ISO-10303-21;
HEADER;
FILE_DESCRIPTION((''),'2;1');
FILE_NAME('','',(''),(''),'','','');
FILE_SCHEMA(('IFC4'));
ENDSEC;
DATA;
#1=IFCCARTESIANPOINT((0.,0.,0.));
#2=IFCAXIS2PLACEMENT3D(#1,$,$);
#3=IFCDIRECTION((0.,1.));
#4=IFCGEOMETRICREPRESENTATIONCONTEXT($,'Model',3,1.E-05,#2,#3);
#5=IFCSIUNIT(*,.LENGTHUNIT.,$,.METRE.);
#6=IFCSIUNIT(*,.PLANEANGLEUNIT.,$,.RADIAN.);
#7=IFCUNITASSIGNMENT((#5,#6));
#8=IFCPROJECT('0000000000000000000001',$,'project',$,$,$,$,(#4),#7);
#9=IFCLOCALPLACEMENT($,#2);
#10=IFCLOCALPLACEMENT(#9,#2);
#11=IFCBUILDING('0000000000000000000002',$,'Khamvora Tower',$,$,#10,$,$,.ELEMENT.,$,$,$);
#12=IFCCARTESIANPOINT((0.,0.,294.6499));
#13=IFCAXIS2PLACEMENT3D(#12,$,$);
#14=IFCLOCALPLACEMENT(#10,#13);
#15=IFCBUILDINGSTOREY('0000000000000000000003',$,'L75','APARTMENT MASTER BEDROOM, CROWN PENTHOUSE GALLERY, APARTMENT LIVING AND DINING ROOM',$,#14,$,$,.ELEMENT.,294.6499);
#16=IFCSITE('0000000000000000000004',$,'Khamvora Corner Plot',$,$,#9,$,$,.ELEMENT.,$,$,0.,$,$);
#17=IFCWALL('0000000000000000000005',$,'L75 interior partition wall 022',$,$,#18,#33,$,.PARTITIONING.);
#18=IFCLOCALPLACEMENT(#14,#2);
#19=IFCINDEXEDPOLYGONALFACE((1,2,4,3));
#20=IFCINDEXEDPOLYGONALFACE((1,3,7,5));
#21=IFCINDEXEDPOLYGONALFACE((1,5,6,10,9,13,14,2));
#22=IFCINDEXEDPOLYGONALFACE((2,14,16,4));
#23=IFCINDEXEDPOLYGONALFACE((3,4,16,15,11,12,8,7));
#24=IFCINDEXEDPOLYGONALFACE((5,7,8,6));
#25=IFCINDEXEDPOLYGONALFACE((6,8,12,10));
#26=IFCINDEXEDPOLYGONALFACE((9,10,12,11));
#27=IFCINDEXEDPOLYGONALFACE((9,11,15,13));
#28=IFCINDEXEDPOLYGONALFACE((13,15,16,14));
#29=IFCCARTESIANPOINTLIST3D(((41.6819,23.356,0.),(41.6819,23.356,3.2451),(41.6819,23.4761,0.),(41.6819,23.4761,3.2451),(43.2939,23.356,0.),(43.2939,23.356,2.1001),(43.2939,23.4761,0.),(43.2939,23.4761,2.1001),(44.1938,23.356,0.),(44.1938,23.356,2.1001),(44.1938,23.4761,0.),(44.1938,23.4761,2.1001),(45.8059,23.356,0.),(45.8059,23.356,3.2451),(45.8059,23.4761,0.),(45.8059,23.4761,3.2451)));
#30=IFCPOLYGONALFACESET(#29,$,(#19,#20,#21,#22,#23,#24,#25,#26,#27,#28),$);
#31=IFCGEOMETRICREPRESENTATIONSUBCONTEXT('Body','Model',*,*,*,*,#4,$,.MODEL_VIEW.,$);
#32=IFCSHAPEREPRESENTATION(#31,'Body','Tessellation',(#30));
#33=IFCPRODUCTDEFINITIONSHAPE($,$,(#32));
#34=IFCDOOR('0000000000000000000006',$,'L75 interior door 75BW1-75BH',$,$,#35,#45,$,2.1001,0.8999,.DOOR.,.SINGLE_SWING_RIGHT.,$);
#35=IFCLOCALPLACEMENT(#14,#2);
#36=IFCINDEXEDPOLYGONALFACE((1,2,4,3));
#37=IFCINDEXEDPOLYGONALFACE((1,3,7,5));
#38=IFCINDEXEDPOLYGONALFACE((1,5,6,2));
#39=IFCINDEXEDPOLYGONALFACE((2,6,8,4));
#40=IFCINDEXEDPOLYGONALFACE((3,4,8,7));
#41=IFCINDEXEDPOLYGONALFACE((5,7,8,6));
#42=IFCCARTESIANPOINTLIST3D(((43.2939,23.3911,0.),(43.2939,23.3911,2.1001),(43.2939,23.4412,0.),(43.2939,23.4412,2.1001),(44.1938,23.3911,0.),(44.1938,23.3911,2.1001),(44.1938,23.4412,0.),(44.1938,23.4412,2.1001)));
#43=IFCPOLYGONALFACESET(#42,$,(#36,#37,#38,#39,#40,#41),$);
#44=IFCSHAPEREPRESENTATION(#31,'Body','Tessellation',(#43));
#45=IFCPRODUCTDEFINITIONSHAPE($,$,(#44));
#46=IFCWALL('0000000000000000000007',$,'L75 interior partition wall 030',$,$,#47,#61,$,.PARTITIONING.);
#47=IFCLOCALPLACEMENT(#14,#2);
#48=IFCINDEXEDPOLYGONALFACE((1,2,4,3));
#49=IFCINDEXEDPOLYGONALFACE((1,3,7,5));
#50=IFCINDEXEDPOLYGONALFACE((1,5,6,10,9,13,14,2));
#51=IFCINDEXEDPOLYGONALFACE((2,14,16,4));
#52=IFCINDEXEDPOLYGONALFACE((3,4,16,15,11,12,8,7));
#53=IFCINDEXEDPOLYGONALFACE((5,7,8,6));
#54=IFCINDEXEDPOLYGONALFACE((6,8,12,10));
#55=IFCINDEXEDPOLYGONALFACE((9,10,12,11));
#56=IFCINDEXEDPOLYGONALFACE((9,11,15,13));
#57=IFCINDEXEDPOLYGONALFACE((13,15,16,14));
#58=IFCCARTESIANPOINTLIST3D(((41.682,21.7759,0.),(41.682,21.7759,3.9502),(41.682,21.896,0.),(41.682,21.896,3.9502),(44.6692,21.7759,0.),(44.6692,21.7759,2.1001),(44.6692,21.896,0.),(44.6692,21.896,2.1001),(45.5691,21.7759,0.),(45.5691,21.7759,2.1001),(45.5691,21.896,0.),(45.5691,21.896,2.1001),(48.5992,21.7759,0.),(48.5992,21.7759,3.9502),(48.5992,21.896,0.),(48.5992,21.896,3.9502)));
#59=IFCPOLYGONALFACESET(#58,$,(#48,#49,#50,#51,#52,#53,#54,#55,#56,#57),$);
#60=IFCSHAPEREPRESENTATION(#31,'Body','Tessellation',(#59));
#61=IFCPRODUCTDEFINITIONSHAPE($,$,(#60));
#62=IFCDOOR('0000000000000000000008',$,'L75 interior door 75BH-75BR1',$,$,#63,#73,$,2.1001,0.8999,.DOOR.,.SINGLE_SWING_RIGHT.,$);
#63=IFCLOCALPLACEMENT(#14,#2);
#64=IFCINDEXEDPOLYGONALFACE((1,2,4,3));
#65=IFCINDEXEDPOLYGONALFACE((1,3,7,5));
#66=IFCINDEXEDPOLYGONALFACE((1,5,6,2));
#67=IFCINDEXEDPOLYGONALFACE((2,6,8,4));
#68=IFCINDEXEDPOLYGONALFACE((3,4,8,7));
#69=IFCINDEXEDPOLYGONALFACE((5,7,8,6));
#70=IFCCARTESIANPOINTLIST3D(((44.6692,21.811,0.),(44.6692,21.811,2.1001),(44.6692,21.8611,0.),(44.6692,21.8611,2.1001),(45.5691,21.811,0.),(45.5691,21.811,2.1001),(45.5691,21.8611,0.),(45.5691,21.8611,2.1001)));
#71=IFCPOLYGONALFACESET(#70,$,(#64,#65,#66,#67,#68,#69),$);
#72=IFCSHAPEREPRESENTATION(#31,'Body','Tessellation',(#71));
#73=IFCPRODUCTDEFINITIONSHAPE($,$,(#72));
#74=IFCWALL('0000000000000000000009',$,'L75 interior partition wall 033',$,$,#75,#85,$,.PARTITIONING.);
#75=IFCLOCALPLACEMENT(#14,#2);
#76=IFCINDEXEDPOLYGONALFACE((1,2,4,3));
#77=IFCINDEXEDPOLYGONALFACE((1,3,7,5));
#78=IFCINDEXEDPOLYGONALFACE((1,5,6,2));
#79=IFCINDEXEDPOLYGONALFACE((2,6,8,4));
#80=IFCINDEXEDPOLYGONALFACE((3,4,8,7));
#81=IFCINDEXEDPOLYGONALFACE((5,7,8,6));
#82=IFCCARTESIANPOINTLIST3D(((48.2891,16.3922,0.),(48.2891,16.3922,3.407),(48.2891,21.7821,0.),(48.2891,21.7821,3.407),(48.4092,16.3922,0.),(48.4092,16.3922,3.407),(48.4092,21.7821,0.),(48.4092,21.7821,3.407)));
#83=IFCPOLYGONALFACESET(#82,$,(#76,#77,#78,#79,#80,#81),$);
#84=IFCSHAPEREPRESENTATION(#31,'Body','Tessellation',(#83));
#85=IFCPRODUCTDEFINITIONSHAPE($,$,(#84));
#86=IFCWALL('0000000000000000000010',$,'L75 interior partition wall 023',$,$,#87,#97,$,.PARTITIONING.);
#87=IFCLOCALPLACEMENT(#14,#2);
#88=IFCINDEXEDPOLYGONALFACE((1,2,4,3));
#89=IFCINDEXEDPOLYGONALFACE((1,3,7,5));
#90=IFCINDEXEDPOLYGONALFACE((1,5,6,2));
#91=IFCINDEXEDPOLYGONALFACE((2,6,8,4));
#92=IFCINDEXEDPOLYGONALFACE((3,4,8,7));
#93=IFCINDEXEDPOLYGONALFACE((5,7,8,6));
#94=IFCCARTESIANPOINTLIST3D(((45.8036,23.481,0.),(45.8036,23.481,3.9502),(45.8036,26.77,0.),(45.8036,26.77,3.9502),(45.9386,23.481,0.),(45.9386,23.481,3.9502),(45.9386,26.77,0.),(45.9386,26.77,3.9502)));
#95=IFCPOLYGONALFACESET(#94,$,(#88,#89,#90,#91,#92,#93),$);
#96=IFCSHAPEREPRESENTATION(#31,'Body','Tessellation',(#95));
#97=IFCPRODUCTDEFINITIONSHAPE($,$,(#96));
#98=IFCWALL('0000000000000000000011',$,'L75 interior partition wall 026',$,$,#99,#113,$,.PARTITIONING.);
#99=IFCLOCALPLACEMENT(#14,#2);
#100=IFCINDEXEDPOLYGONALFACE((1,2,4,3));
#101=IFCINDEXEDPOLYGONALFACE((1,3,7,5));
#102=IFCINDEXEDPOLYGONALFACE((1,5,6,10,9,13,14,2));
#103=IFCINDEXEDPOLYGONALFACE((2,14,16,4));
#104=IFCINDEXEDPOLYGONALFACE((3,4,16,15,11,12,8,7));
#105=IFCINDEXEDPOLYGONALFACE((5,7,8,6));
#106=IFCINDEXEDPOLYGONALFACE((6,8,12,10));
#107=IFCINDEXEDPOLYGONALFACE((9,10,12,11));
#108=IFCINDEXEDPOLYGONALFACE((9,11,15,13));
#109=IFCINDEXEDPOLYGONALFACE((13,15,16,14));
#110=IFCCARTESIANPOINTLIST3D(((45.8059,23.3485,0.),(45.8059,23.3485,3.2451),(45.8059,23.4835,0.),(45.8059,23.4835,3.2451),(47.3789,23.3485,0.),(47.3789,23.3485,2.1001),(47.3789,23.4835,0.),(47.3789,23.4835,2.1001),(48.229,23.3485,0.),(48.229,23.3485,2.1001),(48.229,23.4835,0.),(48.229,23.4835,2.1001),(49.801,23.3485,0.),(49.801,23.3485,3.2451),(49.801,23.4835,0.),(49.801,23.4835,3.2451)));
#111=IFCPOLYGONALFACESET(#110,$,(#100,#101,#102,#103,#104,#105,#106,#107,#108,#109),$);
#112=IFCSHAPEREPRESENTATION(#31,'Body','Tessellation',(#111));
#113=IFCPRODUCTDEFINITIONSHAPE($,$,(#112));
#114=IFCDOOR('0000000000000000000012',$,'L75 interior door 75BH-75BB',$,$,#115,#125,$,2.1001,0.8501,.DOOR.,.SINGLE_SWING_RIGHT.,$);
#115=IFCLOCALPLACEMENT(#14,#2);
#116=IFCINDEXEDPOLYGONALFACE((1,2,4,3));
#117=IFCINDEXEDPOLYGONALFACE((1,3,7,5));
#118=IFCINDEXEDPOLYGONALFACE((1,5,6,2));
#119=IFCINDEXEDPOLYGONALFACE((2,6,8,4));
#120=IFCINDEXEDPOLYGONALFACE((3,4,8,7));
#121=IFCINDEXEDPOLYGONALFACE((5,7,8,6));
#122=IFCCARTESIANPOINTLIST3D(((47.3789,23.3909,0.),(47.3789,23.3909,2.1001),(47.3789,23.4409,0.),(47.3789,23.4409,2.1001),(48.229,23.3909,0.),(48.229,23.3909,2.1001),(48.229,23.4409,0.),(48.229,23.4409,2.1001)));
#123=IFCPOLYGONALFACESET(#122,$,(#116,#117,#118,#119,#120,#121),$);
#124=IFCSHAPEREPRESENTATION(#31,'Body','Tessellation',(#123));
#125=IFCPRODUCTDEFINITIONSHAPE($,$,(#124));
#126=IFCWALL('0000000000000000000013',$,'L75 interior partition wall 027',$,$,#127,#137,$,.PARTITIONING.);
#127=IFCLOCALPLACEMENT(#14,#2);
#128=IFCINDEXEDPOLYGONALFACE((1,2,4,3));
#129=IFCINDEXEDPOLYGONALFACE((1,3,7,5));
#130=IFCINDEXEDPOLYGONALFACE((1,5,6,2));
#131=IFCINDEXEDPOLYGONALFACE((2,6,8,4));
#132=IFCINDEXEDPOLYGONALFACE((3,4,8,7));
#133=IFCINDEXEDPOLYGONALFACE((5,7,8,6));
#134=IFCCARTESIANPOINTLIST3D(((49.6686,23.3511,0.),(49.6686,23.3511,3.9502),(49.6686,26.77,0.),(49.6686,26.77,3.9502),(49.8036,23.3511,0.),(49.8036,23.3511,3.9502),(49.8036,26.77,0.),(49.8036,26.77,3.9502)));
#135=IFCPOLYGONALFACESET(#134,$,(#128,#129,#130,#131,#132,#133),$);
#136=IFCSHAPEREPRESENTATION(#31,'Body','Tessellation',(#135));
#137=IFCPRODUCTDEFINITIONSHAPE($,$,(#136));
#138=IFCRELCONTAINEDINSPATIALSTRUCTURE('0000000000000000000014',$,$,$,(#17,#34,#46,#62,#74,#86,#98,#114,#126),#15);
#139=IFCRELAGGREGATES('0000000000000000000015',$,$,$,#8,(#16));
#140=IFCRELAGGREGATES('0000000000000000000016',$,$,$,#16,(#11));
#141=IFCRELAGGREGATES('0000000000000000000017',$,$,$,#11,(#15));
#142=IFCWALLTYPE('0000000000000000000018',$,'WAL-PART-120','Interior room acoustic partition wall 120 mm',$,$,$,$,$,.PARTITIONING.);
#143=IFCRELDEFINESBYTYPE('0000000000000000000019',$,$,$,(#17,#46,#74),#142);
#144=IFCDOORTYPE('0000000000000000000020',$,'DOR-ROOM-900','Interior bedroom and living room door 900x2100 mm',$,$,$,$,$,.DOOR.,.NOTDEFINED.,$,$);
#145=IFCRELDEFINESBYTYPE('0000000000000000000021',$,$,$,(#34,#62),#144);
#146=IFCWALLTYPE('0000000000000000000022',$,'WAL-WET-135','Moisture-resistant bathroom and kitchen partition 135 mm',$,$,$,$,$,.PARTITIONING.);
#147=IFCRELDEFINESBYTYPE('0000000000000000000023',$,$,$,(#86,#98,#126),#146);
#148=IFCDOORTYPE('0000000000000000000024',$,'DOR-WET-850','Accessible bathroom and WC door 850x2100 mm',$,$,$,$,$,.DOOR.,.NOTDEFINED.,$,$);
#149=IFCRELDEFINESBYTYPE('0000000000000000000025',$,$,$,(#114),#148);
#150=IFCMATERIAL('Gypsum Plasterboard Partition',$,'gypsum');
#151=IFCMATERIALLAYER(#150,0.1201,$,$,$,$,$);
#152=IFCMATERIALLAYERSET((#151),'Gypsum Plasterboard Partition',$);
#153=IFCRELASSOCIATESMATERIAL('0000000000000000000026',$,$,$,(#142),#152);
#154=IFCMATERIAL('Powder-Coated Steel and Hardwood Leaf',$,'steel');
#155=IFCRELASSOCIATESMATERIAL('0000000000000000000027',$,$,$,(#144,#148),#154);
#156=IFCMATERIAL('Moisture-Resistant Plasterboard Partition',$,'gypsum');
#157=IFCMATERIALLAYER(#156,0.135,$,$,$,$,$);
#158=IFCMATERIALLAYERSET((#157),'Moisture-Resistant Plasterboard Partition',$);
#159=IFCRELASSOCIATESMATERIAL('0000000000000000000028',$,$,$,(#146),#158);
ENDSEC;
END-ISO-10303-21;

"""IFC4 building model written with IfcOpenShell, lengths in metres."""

from ifc_helpers import new_model, si_unit, direction, frame, frame_2d, origin, place, context, subcontext, project, spatial, rectangle, extrude, material, layer, layer_set, type_object, element, fill, save


model = new_model("IFC4")

# Units and contexts
model_context = context("Model", 3, precision=1e-05, world=origin(), true_north=direction((0.0, 1.0)))
body_context = subcontext(model_context, "Body", "Model", "MODEL_VIEW")
ifc_project = project(units=[si_unit("LENGTHUNIT", "METRE"), si_unit("PLANEANGLEUNIT", "RADIAN")], contexts=[model_context])

# Site, building, storey
site_placement = place(None, origin())
site = spatial("IfcSite", under=ifc_project, at=site_placement, Name="Khamvora Corner Plot", CompositionType="ELEMENT", RefElevation=0.0)
building_placement = place(site_placement, origin())
building = spatial("IfcBuilding", under=site, at=building_placement, Name="Khamvora Tower", CompositionType="ELEMENT")
storey_placement = place(building_placement, frame((0.0, 0.0, 294.6499)))
storey = spatial("IfcBuildingStorey", under=building, at=storey_placement, Name="L75", Description="APARTMENT MASTER BEDROOM, CROWN PENTHOUSE GALLERY, APARTMENT LIVING AND DINING ROOM", CompositionType="ELEMENT", Elevation=294.6499)

# Walls, openings, doors
ifc_material_1 = material(Name="Gypsum Plasterboard Partition", Category="gypsum")
ifc_layer_1 = layer(ifc_material_1, 0.1201)
ifc_layer_set_1 = layer_set([ifc_layer_1], Name="Gypsum Plasterboard Partition")
wall_type_1 = type_object("IfcWallType", Name="WAL-PART-120", Description="Interior room acoustic partition wall 120 mm", PredefinedType="PARTITIONING", material=ifc_layer_set_1)
wall_1_placement = place(storey_placement, frame((45.8059, 23.416, 0.0), z_axis=(0.0, 0.0, 1.0), x_axis=(-1.0, 0.0, 0.0)))
wall_1 = element("IfcWall", 1, at=wall_1_placement, inside=storey, type_object=wall_type_1, Name="L75 interior partition wall 022", PredefinedType="PARTITIONING", context=body_context, shape_type="SweptSolid", body=[
    extrude(rectangle(XDim=4.124, YDim=0.1201, at=frame_2d((2.062, 0.0))), origin(), (0.0, 0.0, 1.0), 3.2451),
])
opening_1_placement = place(wall_1_placement, frame((1.6121, 0.0, 0.0)))
opening_1 = element("IfcOpeningElement", 2, at=opening_1_placement, cuts=wall_1, PredefinedType="OPENING", context=body_context, shape_type="SweptSolid", body=[
    extrude(rectangle(XDim=0.8999, YDim=2.1001, at=frame_2d((0.45, 1.05))), frame((0.0, 0.0701, 0.0), z_axis=(0.0, -1.0, 0.0), x_axis=(1.0, 0.0, 0.0)), (0.0, 0.0, 1.0), 0.1401),
])
ifc_material_2 = material(Name="Powder-Coated Steel and Hardwood Leaf", Category="steel")
door_type_1 = type_object("IfcDoorType", Name="DOR-ROOM-900", Description="Interior bedroom and living room door 900x2100 mm", OperationType="NOTDEFINED", PredefinedType="DOOR", material=ifc_material_2)
door_1_placement = place(opening_1_placement, origin())
door_1 = element("IfcDoor", 3, at=door_1_placement, inside=storey, type_object=door_type_1, Name="L75 interior door 75BW1-75BH", OperationType="SINGLE_SWING_RIGHT", OverallHeight=2.1001, OverallWidth=0.8999, PredefinedType="DOOR", context=body_context, shape_type="SweptSolid", body=[
    extrude(rectangle(XDim=0.8999, YDim=2.1001, at=frame_2d((0.45, 1.05))), frame((0.0, 0.0249, 0.0), z_axis=(0.0, -1.0, 0.0), x_axis=(1.0, 0.0, 0.0)), (0.0, 0.0, 1.0), 0.05),
])
fill(opening_1, door_1)
wall_2_placement = place(storey_placement, frame((48.5991, 21.8359, 0.0), z_axis=(0.0, 0.0, 1.0), x_axis=(-1.0, 0.0, 0.0)))
wall_2 = element("IfcWall", 4, at=wall_2_placement, inside=storey, type_object=wall_type_1, Name="L75 interior partition wall 030", PredefinedType="PARTITIONING", context=body_context, shape_type="SweptSolid", body=[
    extrude(rectangle(XDim=6.9172, YDim=0.1201, at=frame_2d((3.4585, 0.0))), origin(), (0.0, 0.0, 1.0), 3.9502),
])
opening_2_placement = place(wall_2_placement, frame((3.03, 0.0, 0.0)))
opening_2 = element("IfcOpeningElement", 5, at=opening_2_placement, cuts=wall_2, PredefinedType="OPENING", context=body_context, shape_type="SweptSolid", body=[
    extrude(rectangle(XDim=0.8999, YDim=2.1001, at=frame_2d((0.45, 1.05))), frame((0.0, 0.0701, 0.0), z_axis=(0.0, -1.0, 0.0), x_axis=(1.0, 0.0, 0.0)), (0.0, 0.0, 1.0), 0.1401),
])
door_2_placement = place(opening_2_placement, origin())
door_2 = element("IfcDoor", 6, at=door_2_placement, inside=storey, type_object=door_type_1, Name="L75 interior door 75BH-75BR1", OperationType="SINGLE_SWING_RIGHT", OverallHeight=2.1001, OverallWidth=0.8999, PredefinedType="DOOR", context=body_context, shape_type="SweptSolid", body=[
    extrude(rectangle(XDim=0.8999, YDim=2.1001, at=frame_2d((0.45, 1.05))), frame((0.0, 0.0249, 0.0), z_axis=(0.0, -1.0, 0.0), x_axis=(1.0, 0.0, 0.0)), (0.0, 0.0, 1.0), 0.05),
])
fill(opening_2, door_2)

# Walls
wall_3_placement = place(storey_placement, frame((48.3491, 21.782, 0.0), z_axis=(0.0, 0.0, 1.0), x_axis=(0.0, -1.0, 0.0)))
element("IfcWall", 7, at=wall_3_placement, inside=storey, type_object=wall_type_1, Name="L75 interior partition wall 033", PredefinedType="PARTITIONING", context=body_context, shape_type="SweptSolid", body=[
    extrude(rectangle(XDim=5.3899, YDim=0.1201, at=frame_2d((2.6948, 0.0))), origin(), (0.0, 0.0, 1.0), 3.407),
])
ifc_material_3 = material(Name="Moisture-Resistant Plasterboard Partition", Category="gypsum")
ifc_layer_2 = layer(ifc_material_3, 0.135)
ifc_layer_set_2 = layer_set([ifc_layer_2], Name="Moisture-Resistant Plasterboard Partition")
wall_type_2 = type_object("IfcWallType", Name="WAL-WET-135", Description="Moisture-resistant bathroom and kitchen partition 135 mm", PredefinedType="PARTITIONING", material=ifc_layer_set_2)
wall_4_placement = place(storey_placement, frame((45.8711, 26.77, 0.0), z_axis=(0.0, 0.0, 1.0), x_axis=(0.0, -1.0, 0.0)))
element("IfcWall", 8, at=wall_4_placement, inside=storey, type_object=wall_type_2, Name="L75 interior partition wall 023", PredefinedType="PARTITIONING", context=body_context, shape_type="SweptSolid", body=[
    extrude(rectangle(XDim=3.2891, YDim=0.135, at=frame_2d((1.6445, 0.0))), origin(), (0.0, 0.0, 1.0), 3.9502),
])

# Wall, opening, door
wall_5_placement = place(storey_placement, frame((45.8059, 23.416, 0.0), z_axis=(0.0, 0.0, 1.0), x_axis=(1.0, 0.0, 0.0)))
wall_5 = element("IfcWall", 9, at=wall_5_placement, inside=storey, type_object=wall_type_2, Name="L75 interior partition wall 026", PredefinedType="PARTITIONING", context=body_context, shape_type="SweptSolid", body=[
    extrude(rectangle(XDim=3.9951, YDim=0.135, at=frame_2d((1.9976, 0.0))), origin(), (0.0, 0.0, 1.0), 3.2451),
])
opening_3_placement = place(wall_5_placement, frame((1.573, 0.0, 0.0)))
opening_3 = element("IfcOpeningElement", 10, at=opening_3_placement, cuts=wall_5, PredefinedType="OPENING", context=body_context, shape_type="SweptSolid", body=[
    extrude(rectangle(XDim=0.8501, YDim=2.1001, at=frame_2d((0.425, 1.05))), frame((0.0, 0.0774, 0.0), z_axis=(0.0, -1.0, 0.0), x_axis=(1.0, 0.0, 0.0)), (0.0, 0.0, 1.0), 0.155),
])
door_type_2 = type_object("IfcDoorType", Name="DOR-WET-850", Description="Accessible bathroom and WC door 850x2100 mm", OperationType="NOTDEFINED", PredefinedType="DOOR", material=ifc_material_2)
door_3_placement = place(opening_3_placement, origin())
door_3 = element("IfcDoor", 11, at=door_3_placement, inside=storey, type_object=door_type_2, Name="L75 interior door 75BH-75BB", OperationType="SINGLE_SWING_RIGHT", OverallHeight=2.1001, OverallWidth=0.8501, PredefinedType="DOOR", context=body_context, shape_type="SweptSolid", body=[
    extrude(rectangle(XDim=0.8501, YDim=2.1001, at=frame_2d((0.425, 1.05))), frame((0.0, 0.0249, 0.0), z_axis=(0.0, -1.0, 0.0), x_axis=(1.0, 0.0, 0.0)), (0.0, 0.0, 1.0), 0.05),
])
fill(opening_3, door_3)

# Wall
wall_6_placement = place(storey_placement, frame((49.7361, 23.3511, 0.0), z_axis=(0.0, 0.0, 1.0), x_axis=(0.0, 1.0, 0.0)))
element("IfcWall", 12, at=wall_6_placement, inside=storey, type_object=wall_type_2, Name="L75 interior partition wall 027", PredefinedType="PARTITIONING", context=body_context, shape_type="SweptSolid", body=[
    extrude(rectangle(XDim=3.4189, YDim=0.135, at=frame_2d((1.7095, 0.0))), origin(), (0.0, 0.0, 1.0), 3.9502),
])

save(model, "model.ifc")
